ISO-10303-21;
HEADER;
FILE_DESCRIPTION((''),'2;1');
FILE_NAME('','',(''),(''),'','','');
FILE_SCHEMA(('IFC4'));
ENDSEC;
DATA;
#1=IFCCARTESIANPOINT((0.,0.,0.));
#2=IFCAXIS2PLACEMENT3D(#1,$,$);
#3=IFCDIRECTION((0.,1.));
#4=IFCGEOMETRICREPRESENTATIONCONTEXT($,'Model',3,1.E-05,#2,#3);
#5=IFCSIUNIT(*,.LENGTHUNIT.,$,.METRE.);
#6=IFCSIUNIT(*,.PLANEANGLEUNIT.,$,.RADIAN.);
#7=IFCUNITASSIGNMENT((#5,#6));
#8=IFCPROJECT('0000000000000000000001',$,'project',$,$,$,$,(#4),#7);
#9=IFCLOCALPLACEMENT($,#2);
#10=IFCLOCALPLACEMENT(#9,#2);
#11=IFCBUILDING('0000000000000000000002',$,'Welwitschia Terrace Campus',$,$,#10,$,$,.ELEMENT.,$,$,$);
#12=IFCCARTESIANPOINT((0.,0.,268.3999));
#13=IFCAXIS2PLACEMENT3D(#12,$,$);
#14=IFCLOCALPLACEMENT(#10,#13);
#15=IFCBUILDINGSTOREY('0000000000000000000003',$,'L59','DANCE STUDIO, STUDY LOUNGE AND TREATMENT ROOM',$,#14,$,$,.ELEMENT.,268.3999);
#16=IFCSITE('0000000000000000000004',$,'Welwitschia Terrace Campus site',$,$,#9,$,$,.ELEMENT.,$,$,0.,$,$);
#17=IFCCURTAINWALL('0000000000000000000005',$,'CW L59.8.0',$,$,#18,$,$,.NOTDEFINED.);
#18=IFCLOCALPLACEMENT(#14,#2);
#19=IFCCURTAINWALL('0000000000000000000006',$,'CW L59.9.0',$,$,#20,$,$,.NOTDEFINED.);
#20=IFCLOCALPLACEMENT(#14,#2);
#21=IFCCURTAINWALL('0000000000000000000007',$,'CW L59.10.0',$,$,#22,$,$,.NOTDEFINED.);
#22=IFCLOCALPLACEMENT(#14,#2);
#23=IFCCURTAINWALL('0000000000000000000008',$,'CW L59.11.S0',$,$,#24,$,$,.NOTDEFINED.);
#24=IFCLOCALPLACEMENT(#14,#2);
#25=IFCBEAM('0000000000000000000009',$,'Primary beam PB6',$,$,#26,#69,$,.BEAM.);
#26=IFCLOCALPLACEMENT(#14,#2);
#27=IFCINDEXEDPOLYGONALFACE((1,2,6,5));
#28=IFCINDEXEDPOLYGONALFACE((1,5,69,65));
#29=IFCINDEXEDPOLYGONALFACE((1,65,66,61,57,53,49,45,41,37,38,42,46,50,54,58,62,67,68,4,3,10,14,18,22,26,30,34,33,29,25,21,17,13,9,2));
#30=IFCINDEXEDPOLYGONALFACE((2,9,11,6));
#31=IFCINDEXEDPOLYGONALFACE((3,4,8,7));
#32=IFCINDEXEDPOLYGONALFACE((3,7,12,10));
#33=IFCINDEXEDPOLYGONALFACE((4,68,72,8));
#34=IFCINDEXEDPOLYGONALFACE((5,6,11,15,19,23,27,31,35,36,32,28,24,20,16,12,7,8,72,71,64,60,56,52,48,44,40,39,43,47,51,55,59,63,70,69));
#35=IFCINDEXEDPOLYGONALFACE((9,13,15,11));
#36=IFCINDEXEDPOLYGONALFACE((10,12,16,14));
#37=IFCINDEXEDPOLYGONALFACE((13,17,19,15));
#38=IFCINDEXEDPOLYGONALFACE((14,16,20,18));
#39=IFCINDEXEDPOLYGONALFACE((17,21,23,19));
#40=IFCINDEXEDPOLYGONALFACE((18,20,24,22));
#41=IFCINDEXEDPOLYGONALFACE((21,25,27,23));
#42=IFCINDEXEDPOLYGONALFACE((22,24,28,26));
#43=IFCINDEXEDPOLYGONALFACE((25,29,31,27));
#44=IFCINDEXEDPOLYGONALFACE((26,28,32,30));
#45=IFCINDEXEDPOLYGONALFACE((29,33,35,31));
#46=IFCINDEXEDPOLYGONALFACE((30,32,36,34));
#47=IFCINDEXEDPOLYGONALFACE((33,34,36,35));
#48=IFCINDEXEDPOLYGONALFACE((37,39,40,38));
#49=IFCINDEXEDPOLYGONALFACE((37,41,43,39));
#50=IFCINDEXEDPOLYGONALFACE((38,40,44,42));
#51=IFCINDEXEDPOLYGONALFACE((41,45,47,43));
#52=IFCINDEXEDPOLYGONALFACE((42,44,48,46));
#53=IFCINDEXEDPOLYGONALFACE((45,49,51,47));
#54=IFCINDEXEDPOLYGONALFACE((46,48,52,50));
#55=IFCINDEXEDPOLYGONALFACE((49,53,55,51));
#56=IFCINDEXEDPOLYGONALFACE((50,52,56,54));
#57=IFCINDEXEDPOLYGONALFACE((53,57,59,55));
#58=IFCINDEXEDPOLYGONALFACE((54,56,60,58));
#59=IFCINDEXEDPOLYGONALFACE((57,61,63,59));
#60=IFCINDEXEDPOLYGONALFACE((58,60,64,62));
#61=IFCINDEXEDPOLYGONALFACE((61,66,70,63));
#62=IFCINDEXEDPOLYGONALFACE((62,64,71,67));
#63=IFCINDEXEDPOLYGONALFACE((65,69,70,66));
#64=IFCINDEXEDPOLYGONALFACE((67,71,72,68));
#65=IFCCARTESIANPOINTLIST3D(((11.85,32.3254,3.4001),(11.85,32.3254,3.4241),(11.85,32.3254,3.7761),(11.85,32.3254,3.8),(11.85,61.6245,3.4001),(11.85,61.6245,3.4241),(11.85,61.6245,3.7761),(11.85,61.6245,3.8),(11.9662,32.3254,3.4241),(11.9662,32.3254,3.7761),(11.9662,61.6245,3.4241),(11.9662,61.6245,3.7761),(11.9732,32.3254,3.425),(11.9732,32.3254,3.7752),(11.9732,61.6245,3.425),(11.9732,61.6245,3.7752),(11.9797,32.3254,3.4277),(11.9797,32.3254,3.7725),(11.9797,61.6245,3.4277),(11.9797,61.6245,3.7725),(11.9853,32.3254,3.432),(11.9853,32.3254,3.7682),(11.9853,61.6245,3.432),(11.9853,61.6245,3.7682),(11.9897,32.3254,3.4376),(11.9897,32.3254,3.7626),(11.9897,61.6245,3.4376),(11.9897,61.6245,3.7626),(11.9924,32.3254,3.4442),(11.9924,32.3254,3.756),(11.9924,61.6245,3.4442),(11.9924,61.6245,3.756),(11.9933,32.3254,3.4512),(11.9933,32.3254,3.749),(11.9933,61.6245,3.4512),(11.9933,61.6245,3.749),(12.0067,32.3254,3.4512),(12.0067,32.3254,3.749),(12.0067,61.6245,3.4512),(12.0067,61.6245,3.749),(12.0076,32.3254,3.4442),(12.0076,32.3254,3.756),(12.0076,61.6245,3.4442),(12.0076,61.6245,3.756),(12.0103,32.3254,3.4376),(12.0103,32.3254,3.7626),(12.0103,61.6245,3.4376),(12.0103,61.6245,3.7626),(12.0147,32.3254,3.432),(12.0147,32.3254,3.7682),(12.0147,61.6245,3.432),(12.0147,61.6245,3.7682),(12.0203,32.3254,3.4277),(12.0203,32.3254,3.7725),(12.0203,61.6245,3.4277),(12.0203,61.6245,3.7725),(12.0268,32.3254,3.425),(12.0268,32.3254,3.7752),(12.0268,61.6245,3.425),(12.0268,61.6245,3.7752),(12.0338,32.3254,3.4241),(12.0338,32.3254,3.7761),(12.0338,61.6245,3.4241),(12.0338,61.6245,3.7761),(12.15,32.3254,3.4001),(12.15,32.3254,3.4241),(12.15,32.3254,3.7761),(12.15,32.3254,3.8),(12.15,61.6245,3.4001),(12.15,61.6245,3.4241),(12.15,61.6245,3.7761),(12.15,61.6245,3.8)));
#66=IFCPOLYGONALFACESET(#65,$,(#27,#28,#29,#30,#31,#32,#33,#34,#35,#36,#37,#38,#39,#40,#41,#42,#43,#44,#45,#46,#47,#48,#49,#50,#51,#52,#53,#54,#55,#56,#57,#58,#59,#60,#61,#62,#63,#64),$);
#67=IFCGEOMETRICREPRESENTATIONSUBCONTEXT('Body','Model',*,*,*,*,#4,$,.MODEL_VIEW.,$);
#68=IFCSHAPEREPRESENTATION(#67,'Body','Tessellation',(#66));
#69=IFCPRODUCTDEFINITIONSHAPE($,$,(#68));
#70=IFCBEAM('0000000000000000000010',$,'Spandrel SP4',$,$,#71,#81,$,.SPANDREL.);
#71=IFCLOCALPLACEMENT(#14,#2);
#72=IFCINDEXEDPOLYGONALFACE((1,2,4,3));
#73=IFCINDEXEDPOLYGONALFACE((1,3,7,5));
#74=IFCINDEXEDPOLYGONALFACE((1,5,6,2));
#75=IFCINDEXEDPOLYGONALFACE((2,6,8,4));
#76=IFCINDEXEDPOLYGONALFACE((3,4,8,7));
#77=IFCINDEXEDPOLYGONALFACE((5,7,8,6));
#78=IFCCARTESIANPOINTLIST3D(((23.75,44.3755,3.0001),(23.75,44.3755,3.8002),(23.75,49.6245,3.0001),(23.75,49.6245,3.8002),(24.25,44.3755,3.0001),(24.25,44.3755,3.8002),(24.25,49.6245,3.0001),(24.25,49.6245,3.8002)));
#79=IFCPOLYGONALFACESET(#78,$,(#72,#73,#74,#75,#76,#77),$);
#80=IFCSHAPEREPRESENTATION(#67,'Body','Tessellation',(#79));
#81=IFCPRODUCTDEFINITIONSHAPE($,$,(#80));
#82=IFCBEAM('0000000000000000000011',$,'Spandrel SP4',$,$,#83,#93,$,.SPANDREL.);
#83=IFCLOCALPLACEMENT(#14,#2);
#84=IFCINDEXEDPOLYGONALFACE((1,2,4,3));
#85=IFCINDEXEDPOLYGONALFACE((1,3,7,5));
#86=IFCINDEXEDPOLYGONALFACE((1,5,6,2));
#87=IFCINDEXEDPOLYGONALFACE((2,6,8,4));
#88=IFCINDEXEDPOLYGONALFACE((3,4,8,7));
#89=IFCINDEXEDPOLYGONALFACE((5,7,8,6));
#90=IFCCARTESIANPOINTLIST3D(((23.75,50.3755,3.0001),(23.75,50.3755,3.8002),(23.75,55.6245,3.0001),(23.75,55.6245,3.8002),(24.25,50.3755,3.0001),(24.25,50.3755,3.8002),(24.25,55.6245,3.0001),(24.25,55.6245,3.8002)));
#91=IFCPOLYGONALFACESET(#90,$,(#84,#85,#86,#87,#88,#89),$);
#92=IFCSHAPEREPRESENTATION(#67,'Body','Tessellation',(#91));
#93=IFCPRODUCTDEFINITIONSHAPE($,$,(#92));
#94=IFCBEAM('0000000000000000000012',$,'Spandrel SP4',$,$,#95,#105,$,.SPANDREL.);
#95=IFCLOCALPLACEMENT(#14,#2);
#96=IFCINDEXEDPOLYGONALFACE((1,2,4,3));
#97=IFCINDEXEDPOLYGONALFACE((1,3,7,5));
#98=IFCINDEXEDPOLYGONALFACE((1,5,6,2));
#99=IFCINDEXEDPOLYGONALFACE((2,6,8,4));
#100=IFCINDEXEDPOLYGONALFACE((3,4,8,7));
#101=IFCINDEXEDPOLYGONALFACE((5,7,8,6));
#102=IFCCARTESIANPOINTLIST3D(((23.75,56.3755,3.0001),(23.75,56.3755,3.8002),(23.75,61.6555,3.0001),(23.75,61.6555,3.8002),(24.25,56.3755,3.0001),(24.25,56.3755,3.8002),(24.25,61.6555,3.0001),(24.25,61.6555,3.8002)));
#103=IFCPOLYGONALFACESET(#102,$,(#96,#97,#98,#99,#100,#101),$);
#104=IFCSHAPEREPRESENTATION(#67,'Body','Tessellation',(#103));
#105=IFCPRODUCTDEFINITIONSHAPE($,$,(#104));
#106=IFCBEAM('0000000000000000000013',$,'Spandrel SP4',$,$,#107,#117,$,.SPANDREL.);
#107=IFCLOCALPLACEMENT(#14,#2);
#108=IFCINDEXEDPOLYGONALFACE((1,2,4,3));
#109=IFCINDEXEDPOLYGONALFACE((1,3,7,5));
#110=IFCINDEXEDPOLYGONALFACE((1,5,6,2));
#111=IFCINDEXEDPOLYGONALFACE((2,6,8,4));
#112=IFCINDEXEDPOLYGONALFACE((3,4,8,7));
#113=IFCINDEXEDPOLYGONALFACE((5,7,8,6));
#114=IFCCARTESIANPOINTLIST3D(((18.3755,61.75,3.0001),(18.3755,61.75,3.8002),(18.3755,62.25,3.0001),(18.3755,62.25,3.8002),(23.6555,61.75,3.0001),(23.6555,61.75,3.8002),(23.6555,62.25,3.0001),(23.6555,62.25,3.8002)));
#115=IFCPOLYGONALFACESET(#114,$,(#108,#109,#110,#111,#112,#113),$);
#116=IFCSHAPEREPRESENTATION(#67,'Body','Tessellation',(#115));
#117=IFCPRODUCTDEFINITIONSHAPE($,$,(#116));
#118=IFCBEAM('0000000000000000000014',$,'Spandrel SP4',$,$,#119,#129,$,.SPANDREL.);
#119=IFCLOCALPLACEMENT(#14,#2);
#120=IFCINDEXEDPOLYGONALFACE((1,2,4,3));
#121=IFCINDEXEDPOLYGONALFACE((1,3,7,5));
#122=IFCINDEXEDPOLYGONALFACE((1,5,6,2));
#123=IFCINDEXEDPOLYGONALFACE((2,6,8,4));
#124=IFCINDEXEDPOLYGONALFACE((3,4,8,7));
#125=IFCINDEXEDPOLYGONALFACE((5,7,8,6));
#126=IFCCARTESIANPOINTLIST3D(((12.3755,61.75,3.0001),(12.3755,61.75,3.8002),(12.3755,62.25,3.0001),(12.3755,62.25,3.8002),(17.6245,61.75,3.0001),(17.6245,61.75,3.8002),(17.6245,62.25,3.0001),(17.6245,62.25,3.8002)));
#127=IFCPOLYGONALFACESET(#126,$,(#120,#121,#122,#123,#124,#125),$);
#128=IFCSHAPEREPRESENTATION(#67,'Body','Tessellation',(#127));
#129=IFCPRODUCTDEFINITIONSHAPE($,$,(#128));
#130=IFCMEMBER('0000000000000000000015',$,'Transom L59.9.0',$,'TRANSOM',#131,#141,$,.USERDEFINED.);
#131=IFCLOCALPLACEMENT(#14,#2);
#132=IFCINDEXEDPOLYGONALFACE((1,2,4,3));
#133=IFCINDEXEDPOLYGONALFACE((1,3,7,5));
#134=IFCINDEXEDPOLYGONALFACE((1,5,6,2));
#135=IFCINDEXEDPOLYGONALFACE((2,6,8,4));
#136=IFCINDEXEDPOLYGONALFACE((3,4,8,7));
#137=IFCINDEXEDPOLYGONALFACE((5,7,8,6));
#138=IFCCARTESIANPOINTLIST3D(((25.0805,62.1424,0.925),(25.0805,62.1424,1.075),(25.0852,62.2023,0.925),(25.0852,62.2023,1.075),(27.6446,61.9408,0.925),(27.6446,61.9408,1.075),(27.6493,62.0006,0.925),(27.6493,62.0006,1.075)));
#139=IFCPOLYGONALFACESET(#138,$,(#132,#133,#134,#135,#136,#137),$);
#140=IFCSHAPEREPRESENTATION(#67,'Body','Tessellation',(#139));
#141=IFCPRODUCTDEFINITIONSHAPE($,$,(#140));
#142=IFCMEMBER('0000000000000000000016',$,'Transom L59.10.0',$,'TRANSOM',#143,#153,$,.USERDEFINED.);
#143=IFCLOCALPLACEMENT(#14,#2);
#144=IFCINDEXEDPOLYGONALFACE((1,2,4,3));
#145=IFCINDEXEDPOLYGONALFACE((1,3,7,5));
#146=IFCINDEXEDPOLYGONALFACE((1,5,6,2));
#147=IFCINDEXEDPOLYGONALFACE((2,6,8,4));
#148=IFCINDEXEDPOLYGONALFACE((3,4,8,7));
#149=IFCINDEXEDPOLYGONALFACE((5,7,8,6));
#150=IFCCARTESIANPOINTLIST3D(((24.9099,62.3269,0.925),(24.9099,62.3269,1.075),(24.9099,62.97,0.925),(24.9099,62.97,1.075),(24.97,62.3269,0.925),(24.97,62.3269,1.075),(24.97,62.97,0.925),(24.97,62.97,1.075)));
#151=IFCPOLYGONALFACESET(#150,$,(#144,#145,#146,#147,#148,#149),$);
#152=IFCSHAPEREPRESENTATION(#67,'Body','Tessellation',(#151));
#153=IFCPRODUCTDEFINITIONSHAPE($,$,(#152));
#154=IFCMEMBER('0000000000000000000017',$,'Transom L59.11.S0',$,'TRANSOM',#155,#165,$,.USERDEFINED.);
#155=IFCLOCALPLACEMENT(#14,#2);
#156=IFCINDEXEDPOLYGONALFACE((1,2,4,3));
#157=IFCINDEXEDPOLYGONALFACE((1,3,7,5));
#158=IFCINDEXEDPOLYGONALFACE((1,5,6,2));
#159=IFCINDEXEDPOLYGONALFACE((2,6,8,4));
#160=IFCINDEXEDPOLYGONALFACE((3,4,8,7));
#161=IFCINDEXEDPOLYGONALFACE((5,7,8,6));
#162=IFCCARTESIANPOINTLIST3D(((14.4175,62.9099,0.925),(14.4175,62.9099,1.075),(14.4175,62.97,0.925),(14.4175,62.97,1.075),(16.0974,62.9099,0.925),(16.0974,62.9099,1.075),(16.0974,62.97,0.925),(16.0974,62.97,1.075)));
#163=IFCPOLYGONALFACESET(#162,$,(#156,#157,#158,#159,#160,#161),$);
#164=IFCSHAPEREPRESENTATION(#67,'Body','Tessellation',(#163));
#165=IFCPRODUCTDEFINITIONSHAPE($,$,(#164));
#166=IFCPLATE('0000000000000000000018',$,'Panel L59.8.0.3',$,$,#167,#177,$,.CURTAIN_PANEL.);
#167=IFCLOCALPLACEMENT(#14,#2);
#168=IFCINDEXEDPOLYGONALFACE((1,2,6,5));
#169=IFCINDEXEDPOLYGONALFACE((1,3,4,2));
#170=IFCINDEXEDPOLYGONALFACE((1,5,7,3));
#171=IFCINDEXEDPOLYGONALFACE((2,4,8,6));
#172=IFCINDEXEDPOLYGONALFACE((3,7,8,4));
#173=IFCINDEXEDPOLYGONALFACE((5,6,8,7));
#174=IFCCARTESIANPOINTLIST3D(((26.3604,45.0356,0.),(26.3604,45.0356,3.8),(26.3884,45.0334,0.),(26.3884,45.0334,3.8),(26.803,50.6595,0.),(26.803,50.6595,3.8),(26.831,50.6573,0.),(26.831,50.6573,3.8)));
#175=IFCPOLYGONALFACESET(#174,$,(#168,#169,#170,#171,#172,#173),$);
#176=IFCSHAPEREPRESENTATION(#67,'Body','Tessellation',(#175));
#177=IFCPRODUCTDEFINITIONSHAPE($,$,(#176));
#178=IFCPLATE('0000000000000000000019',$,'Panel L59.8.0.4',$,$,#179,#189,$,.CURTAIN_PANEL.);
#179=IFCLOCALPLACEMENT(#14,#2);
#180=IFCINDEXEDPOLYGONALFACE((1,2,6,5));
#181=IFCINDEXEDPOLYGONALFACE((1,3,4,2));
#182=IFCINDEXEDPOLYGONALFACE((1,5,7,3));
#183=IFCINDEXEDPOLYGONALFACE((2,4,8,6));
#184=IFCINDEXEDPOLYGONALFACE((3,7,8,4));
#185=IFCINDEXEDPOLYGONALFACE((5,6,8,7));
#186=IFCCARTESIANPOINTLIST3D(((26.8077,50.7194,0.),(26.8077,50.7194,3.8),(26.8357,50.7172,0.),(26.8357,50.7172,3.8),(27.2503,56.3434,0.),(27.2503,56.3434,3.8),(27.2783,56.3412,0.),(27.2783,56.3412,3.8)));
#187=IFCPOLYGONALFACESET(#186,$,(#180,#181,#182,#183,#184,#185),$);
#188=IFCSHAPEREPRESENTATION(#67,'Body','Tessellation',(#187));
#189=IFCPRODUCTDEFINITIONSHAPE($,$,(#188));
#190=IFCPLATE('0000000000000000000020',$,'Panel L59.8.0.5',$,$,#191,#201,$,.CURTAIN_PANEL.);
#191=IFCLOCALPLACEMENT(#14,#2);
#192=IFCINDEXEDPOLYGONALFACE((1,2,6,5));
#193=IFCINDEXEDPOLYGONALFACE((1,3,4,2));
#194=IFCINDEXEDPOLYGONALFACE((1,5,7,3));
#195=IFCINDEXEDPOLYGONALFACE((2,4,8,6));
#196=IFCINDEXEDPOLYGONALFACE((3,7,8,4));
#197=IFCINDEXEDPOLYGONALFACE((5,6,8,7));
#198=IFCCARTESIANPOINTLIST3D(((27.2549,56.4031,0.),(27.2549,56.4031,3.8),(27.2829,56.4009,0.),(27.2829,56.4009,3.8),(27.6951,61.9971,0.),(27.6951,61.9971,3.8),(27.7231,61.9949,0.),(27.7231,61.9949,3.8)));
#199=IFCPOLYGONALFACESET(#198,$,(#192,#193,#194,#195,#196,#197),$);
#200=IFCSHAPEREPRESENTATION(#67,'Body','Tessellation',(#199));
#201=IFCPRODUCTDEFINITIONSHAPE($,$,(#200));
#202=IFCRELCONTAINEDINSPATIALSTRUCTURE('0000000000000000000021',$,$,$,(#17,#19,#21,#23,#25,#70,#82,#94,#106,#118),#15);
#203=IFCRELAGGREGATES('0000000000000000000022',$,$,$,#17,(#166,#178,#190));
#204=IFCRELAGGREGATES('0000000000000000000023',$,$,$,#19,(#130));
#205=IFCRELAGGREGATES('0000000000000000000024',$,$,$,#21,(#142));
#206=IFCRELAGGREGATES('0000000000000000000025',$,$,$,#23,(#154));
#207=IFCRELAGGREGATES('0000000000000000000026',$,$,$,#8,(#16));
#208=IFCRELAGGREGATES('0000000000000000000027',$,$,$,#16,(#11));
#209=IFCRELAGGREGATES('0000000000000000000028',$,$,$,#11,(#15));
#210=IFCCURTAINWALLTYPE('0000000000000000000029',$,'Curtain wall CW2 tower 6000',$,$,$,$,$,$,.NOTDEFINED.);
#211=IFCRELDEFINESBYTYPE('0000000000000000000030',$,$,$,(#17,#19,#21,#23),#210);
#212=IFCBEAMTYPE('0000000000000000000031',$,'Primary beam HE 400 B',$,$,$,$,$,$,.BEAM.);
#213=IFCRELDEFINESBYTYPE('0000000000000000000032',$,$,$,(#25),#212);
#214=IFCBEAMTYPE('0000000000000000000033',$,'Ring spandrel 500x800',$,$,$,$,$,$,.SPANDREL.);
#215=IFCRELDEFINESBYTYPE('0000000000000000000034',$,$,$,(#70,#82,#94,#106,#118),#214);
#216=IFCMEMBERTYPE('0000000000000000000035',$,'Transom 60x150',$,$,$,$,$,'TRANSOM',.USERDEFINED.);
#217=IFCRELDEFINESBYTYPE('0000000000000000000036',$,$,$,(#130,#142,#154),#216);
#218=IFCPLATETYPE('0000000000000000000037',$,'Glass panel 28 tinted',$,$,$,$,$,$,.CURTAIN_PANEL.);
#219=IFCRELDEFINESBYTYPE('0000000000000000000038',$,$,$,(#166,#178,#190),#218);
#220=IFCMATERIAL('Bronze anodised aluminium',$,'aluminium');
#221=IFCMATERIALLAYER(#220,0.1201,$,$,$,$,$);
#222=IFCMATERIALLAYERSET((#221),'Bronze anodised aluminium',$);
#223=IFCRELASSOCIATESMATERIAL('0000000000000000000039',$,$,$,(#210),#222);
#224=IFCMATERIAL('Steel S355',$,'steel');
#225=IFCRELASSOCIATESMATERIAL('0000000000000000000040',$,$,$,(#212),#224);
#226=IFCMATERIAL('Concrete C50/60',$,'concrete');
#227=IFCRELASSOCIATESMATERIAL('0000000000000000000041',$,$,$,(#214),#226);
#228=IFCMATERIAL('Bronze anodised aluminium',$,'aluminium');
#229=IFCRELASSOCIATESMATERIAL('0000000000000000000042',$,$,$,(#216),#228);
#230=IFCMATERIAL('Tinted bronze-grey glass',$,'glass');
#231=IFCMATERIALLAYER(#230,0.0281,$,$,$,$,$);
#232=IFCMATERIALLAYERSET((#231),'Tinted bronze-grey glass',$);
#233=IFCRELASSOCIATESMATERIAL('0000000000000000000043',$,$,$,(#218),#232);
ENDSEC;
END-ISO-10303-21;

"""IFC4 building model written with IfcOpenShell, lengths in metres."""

from ifc_helpers import new_model, si_unit, direction, frame, origin, origin_2d, place, context, subcontext, project, spatial, rectangle, i_section, extrude, material, layer, layer_set, material_profile, profile_set, type_object, element, aggregate, save


model = new_model("IFC4")

# Units and contexts
model_context = context("Model", 3, precision=1e-05, world=origin(), true_north=direction((0.0, 1.0)))
body_context = subcontext(model_context, "Body", "Model", "MODEL_VIEW")
ifc_project = project(units=[si_unit("LENGTHUNIT", "METRE"), si_unit("PLANEANGLEUNIT", "RADIAN")], contexts=[model_context])

# Site, building, storey
site_placement = place(None, origin())
site = spatial("IfcSite", under=ifc_project, at=site_placement, Name="Welwitschia Terrace Campus site", CompositionType="ELEMENT", RefElevation=0.0)
building_placement = place(site_placement, origin())
building = spatial("IfcBuilding", under=site, at=building_placement, Name="Welwitschia Terrace Campus", CompositionType="ELEMENT")
storey_placement = place(building_placement, frame((0.0, 0.0, 268.3999)))
storey = spatial("IfcBuildingStorey", under=building, at=storey_placement, Name="L59", Description="DANCE STUDIO, STUDY LOUNGE AND TREATMENT ROOM", CompositionType="ELEMENT", Elevation=268.3999)

# Curtain walls
ifc_material_1 = material(Name="Bronze anodised aluminium", Category="aluminium")
ifc_layer_1 = layer(ifc_material_1, 0.1201)
ifc_layer_set_1 = layer_set([ifc_layer_1], Name="Bronze anodised aluminium")
curtain_wall_type = type_object("IfcCurtainWallType", Name="Curtain wall CW2 tower 6000", PredefinedType="NOTDEFINED", material=ifc_layer_set_1)
curtain_wall_1_placement = place(storey_placement, origin())
curtain_wall_1 = element("IfcCurtainWall", 1, at=curtain_wall_1_placement, inside=storey, type_object=curtain_wall_type, Name="CW L59.8.0", PredefinedType="NOTDEFINED")
curtain_wall_2_placement = place(storey_placement, origin())
curtain_wall_2 = element("IfcCurtainWall", 2, at=curtain_wall_2_placement, inside=storey, type_object=curtain_wall_type, Name="CW L59.9.0", PredefinedType="NOTDEFINED")
curtain_wall_3_placement = place(storey_placement, origin())
curtain_wall_3 = element("IfcCurtainWall", 3, at=curtain_wall_3_placement, inside=storey, type_object=curtain_wall_type, Name="CW L59.10.0", PredefinedType="NOTDEFINED")
curtain_wall_4_placement = place(storey_placement, origin())
curtain_wall_4 = element("IfcCurtainWall", 4, at=curtain_wall_4_placement, inside=storey, type_object=curtain_wall_type, Name="CW L59.11.S0", PredefinedType="NOTDEFINED")

# Beams
ifc_material_2 = material(Name="Steel S355", Category="steel")
ifc_material_profile_1 = material_profile(ifc_material_2, i_section(OverallWidth=0.3, OverallDepth=0.3999, WebThickness=0.0134, FlangeThickness=0.0239, FilletRadius=0.0271, at=origin_2d()))
ifc_profile_set_1 = profile_set([ifc_material_profile_1], Name="Steel S355")
beam_type_1 = type_object("IfcBeamType", Name="Primary beam HE 400 B", PredefinedType="BEAM", material=ifc_profile_set_1)
beam_1_placement = place(storey_placement, frame((12.0, 61.6245, 3.6001), z_axis=(0.0, -1.0, 0.0), x_axis=(1.0, 0.0, 0.0)))
element("IfcBeam", 5, at=beam_1_placement, inside=storey, type_object=beam_type_1, Name="Primary beam PB6", PredefinedType="BEAM", context=body_context, shape_type="SweptSolid", body=[
    extrude(i_section(OverallWidth=0.3, OverallDepth=0.3999, WebThickness=0.0134, FlangeThickness=0.0239, FilletRadius=0.0271, at=origin_2d()), origin(), (0.0, 0.0, 1.0), 29.2991),
])
ifc_material_3 = material(Name="Concrete C50/60", Category="concrete")
ifc_material_profile_2 = material_profile(ifc_material_3, rectangle(XDim=0.5, YDim=0.8, at=origin_2d()))
ifc_profile_set_2 = profile_set([ifc_material_profile_2], Name="Concrete C50/60")
beam_type_2 = type_object("IfcBeamType", Name="Ring spandrel 500x800", PredefinedType="SPANDREL", material=ifc_profile_set_2)
for number, where, z_axis, x_axis, name in (
    (6, (24.0, 44.3755, 3.4001), (0.0, 1.0, 0.0), (-1.0, 0.0, 0.0), "Spandrel SP4"),
    (7, (24.0, 50.3755, 3.4001), (0.0, 1.0, 0.0), (-1.0, 0.0, 0.0), "Spandrel SP4"),
):
    element("IfcBeam", number, at=place(storey_placement, frame(where, z_axis=z_axis, x_axis=x_axis)), inside=storey, type_object=beam_type_2, Name=name, PredefinedType="SPANDREL", context=body_context, shape_type="SweptSolid", body=[
        extrude(rectangle(XDim=0.5, YDim=0.8, at=origin_2d()), origin(), (0.0, 0.0, 1.0), 5.249),
    ])
for number, where, z_axis, x_axis, name in (
    (8, (24.0, 56.3755, 3.4001), (0.0, 1.0, 0.0), (-1.0, 0.0, 0.0), "Spandrel SP4"),
    (9, (23.6555, 62.0, 3.4001), (-1.0, 0.0, 0.0), (0.0, -1.0, 0.0), "Spandrel SP4"),
):
    element("IfcBeam", number, at=place(storey_placement, frame(where, z_axis=z_axis, x_axis=x_axis)), inside=storey, type_object=beam_type_2, Name=name, PredefinedType="SPANDREL", context=body_context, shape_type="SweptSolid", body=[
        extrude(rectangle(XDim=0.5, YDim=0.8, at=origin_2d()), origin(), (0.0, 0.0, 1.0), 5.28),
    ])
beam_2_placement = place(storey_placement, frame((17.6245, 62.0, 3.4001), z_axis=(-1.0, 0.0, 0.0), x_axis=(0.0, -1.0, 0.0)))
element("IfcBeam", 10, at=beam_2_placement, inside=storey, type_object=beam_type_2, Name="Spandrel SP4", PredefinedType="SPANDREL", context=body_context, shape_type="SweptSolid", body=[
    extrude(rectangle(XDim=0.5, YDim=0.8, at=origin_2d()), origin(), (0.0, 0.0, 1.0), 5.249),
])

# Members
ifc_material_4 = material(Name="Bronze anodised aluminium", Category="aluminium")
ifc_material_profile_3 = material_profile(ifc_material_4, rectangle(XDim=0.0601, YDim=0.1499, at=origin_2d()))
ifc_profile_set_3 = profile_set([ifc_material_profile_3], Name="Bronze anodised aluminium")
member_type_1 = type_object("IfcMemberType", Name="Transom 60x150", ElementType="TRANSOM", PredefinedType="USERDEFINED", material=ifc_profile_set_3)
member_1_placement = place(storey_placement, frame((27.647, 61.9707, 1.0), z_axis=(-0.996922, 0.078402, 0.0), x_axis=(-0.078402, -0.996922, 0.0)))
member_1 = element("IfcMember", 11, at=member_1_placement, type_object=member_type_1, Name="Transom L59.9.0", ObjectType="TRANSOM", PredefinedType="USERDEFINED", context=body_context, shape_type="SweptSolid", body=[
    extrude(rectangle(XDim=0.0601, YDim=0.1499, at=origin_2d()), origin(), (0.0, 0.0, 1.0), 2.572),
])
member_2_placement = place(storey_placement, frame((24.9399, 62.3269, 1.0), z_axis=(0.0, 1.0, 0.0), x_axis=(-1.0, 0.0, 0.0)))
member_2 = element("IfcMember", 12, at=member_2_placement, type_object=member_type_1, Name="Transom L59.10.0", ObjectType="TRANSOM", PredefinedType="USERDEFINED", context=body_context, shape_type="SweptSolid", body=[
    extrude(rectangle(XDim=0.0601, YDim=0.1499, at=origin_2d()), origin(), (0.0, 0.0, 1.0), 0.6431),
])
member_3_placement = place(storey_placement, frame((16.0974, 62.9399, 1.0), z_axis=(-1.0, 0.0, 0.0), x_axis=(0.0, -1.0, 0.0)))
member_3 = element("IfcMember", 13, at=member_3_placement, type_object=member_type_1, Name="Transom L59.11.S0", ObjectType="TRANSOM", PredefinedType="USERDEFINED", context=body_context, shape_type="SweptSolid", body=[
    extrude(rectangle(XDim=0.0601, YDim=0.1499, at=origin_2d()), origin(), (0.0, 0.0, 1.0), 1.6799),
])

# Plates
ifc_material_5 = material(Name="Tinted bronze-grey glass", Category="glass")
ifc_layer_2 = layer(ifc_material_5, 0.0281)
ifc_layer_set_2 = layer_set([ifc_layer_2], Name="Tinted bronze-grey glass")
plate_type = type_object("IfcPlateType", Name="Glass panel 28 tinted", PredefinedType="CURTAIN_PANEL", material=ifc_layer_set_2)
plate_1_placement = place(storey_placement, frame((26.5957, 47.8464, 0.0), z_axis=(0.0, 0.0, 1.0), x_axis=(0.078459, 0.996917, 0.0)))
plate_1 = element("IfcPlate", 14, at=plate_1_placement, type_object=plate_type, Name="Panel L59.8.0.3", PredefinedType="CURTAIN_PANEL", context=body_context, shape_type="SweptSolid", body=[
    extrude(rectangle(XDim=5.6414, YDim=0.0281, at=origin_2d()), origin(), (0.0, 0.0, 1.0), 3.8),
])
plate_2_placement = place(storey_placement, frame((27.043, 53.5303, 0.0), z_axis=(0.0, 0.0, 1.0), x_axis=(0.078459, 0.996917, 0.0)))
plate_2 = element("IfcPlate", 15, at=plate_2_placement, type_object=plate_type, Name="Panel L59.8.0.4", PredefinedType="CURTAIN_PANEL", context=body_context, shape_type="SweptSolid", body=[
    extrude(rectangle(XDim=5.6414, YDim=0.0281, at=origin_2d()), origin(), (0.0, 0.0, 1.0), 3.8),
])
plate_3_placement = place(storey_placement, frame((27.489, 59.199, 0.0), z_axis=(0.0, 0.0, 1.0), x_axis=(0.078459, 0.996917, 0.0)))
plate_3 = element("IfcPlate", 16, at=plate_3_placement, type_object=plate_type, Name="Panel L59.8.0.5", PredefinedType="CURTAIN_PANEL", context=body_context, shape_type="SweptSolid", body=[
    extrude(rectangle(XDim=5.6113, YDim=0.0281, at=origin_2d()), origin(), (0.0, 0.0, 1.0), 3.8),
])
aggregate(curtain_wall_1, [plate_1, plate_2, plate_3])
aggregate(curtain_wall_2, [member_1])
aggregate(curtain_wall_3, [member_2])
aggregate(curtain_wall_4, [member_3])

save(model, "model.ifc")
